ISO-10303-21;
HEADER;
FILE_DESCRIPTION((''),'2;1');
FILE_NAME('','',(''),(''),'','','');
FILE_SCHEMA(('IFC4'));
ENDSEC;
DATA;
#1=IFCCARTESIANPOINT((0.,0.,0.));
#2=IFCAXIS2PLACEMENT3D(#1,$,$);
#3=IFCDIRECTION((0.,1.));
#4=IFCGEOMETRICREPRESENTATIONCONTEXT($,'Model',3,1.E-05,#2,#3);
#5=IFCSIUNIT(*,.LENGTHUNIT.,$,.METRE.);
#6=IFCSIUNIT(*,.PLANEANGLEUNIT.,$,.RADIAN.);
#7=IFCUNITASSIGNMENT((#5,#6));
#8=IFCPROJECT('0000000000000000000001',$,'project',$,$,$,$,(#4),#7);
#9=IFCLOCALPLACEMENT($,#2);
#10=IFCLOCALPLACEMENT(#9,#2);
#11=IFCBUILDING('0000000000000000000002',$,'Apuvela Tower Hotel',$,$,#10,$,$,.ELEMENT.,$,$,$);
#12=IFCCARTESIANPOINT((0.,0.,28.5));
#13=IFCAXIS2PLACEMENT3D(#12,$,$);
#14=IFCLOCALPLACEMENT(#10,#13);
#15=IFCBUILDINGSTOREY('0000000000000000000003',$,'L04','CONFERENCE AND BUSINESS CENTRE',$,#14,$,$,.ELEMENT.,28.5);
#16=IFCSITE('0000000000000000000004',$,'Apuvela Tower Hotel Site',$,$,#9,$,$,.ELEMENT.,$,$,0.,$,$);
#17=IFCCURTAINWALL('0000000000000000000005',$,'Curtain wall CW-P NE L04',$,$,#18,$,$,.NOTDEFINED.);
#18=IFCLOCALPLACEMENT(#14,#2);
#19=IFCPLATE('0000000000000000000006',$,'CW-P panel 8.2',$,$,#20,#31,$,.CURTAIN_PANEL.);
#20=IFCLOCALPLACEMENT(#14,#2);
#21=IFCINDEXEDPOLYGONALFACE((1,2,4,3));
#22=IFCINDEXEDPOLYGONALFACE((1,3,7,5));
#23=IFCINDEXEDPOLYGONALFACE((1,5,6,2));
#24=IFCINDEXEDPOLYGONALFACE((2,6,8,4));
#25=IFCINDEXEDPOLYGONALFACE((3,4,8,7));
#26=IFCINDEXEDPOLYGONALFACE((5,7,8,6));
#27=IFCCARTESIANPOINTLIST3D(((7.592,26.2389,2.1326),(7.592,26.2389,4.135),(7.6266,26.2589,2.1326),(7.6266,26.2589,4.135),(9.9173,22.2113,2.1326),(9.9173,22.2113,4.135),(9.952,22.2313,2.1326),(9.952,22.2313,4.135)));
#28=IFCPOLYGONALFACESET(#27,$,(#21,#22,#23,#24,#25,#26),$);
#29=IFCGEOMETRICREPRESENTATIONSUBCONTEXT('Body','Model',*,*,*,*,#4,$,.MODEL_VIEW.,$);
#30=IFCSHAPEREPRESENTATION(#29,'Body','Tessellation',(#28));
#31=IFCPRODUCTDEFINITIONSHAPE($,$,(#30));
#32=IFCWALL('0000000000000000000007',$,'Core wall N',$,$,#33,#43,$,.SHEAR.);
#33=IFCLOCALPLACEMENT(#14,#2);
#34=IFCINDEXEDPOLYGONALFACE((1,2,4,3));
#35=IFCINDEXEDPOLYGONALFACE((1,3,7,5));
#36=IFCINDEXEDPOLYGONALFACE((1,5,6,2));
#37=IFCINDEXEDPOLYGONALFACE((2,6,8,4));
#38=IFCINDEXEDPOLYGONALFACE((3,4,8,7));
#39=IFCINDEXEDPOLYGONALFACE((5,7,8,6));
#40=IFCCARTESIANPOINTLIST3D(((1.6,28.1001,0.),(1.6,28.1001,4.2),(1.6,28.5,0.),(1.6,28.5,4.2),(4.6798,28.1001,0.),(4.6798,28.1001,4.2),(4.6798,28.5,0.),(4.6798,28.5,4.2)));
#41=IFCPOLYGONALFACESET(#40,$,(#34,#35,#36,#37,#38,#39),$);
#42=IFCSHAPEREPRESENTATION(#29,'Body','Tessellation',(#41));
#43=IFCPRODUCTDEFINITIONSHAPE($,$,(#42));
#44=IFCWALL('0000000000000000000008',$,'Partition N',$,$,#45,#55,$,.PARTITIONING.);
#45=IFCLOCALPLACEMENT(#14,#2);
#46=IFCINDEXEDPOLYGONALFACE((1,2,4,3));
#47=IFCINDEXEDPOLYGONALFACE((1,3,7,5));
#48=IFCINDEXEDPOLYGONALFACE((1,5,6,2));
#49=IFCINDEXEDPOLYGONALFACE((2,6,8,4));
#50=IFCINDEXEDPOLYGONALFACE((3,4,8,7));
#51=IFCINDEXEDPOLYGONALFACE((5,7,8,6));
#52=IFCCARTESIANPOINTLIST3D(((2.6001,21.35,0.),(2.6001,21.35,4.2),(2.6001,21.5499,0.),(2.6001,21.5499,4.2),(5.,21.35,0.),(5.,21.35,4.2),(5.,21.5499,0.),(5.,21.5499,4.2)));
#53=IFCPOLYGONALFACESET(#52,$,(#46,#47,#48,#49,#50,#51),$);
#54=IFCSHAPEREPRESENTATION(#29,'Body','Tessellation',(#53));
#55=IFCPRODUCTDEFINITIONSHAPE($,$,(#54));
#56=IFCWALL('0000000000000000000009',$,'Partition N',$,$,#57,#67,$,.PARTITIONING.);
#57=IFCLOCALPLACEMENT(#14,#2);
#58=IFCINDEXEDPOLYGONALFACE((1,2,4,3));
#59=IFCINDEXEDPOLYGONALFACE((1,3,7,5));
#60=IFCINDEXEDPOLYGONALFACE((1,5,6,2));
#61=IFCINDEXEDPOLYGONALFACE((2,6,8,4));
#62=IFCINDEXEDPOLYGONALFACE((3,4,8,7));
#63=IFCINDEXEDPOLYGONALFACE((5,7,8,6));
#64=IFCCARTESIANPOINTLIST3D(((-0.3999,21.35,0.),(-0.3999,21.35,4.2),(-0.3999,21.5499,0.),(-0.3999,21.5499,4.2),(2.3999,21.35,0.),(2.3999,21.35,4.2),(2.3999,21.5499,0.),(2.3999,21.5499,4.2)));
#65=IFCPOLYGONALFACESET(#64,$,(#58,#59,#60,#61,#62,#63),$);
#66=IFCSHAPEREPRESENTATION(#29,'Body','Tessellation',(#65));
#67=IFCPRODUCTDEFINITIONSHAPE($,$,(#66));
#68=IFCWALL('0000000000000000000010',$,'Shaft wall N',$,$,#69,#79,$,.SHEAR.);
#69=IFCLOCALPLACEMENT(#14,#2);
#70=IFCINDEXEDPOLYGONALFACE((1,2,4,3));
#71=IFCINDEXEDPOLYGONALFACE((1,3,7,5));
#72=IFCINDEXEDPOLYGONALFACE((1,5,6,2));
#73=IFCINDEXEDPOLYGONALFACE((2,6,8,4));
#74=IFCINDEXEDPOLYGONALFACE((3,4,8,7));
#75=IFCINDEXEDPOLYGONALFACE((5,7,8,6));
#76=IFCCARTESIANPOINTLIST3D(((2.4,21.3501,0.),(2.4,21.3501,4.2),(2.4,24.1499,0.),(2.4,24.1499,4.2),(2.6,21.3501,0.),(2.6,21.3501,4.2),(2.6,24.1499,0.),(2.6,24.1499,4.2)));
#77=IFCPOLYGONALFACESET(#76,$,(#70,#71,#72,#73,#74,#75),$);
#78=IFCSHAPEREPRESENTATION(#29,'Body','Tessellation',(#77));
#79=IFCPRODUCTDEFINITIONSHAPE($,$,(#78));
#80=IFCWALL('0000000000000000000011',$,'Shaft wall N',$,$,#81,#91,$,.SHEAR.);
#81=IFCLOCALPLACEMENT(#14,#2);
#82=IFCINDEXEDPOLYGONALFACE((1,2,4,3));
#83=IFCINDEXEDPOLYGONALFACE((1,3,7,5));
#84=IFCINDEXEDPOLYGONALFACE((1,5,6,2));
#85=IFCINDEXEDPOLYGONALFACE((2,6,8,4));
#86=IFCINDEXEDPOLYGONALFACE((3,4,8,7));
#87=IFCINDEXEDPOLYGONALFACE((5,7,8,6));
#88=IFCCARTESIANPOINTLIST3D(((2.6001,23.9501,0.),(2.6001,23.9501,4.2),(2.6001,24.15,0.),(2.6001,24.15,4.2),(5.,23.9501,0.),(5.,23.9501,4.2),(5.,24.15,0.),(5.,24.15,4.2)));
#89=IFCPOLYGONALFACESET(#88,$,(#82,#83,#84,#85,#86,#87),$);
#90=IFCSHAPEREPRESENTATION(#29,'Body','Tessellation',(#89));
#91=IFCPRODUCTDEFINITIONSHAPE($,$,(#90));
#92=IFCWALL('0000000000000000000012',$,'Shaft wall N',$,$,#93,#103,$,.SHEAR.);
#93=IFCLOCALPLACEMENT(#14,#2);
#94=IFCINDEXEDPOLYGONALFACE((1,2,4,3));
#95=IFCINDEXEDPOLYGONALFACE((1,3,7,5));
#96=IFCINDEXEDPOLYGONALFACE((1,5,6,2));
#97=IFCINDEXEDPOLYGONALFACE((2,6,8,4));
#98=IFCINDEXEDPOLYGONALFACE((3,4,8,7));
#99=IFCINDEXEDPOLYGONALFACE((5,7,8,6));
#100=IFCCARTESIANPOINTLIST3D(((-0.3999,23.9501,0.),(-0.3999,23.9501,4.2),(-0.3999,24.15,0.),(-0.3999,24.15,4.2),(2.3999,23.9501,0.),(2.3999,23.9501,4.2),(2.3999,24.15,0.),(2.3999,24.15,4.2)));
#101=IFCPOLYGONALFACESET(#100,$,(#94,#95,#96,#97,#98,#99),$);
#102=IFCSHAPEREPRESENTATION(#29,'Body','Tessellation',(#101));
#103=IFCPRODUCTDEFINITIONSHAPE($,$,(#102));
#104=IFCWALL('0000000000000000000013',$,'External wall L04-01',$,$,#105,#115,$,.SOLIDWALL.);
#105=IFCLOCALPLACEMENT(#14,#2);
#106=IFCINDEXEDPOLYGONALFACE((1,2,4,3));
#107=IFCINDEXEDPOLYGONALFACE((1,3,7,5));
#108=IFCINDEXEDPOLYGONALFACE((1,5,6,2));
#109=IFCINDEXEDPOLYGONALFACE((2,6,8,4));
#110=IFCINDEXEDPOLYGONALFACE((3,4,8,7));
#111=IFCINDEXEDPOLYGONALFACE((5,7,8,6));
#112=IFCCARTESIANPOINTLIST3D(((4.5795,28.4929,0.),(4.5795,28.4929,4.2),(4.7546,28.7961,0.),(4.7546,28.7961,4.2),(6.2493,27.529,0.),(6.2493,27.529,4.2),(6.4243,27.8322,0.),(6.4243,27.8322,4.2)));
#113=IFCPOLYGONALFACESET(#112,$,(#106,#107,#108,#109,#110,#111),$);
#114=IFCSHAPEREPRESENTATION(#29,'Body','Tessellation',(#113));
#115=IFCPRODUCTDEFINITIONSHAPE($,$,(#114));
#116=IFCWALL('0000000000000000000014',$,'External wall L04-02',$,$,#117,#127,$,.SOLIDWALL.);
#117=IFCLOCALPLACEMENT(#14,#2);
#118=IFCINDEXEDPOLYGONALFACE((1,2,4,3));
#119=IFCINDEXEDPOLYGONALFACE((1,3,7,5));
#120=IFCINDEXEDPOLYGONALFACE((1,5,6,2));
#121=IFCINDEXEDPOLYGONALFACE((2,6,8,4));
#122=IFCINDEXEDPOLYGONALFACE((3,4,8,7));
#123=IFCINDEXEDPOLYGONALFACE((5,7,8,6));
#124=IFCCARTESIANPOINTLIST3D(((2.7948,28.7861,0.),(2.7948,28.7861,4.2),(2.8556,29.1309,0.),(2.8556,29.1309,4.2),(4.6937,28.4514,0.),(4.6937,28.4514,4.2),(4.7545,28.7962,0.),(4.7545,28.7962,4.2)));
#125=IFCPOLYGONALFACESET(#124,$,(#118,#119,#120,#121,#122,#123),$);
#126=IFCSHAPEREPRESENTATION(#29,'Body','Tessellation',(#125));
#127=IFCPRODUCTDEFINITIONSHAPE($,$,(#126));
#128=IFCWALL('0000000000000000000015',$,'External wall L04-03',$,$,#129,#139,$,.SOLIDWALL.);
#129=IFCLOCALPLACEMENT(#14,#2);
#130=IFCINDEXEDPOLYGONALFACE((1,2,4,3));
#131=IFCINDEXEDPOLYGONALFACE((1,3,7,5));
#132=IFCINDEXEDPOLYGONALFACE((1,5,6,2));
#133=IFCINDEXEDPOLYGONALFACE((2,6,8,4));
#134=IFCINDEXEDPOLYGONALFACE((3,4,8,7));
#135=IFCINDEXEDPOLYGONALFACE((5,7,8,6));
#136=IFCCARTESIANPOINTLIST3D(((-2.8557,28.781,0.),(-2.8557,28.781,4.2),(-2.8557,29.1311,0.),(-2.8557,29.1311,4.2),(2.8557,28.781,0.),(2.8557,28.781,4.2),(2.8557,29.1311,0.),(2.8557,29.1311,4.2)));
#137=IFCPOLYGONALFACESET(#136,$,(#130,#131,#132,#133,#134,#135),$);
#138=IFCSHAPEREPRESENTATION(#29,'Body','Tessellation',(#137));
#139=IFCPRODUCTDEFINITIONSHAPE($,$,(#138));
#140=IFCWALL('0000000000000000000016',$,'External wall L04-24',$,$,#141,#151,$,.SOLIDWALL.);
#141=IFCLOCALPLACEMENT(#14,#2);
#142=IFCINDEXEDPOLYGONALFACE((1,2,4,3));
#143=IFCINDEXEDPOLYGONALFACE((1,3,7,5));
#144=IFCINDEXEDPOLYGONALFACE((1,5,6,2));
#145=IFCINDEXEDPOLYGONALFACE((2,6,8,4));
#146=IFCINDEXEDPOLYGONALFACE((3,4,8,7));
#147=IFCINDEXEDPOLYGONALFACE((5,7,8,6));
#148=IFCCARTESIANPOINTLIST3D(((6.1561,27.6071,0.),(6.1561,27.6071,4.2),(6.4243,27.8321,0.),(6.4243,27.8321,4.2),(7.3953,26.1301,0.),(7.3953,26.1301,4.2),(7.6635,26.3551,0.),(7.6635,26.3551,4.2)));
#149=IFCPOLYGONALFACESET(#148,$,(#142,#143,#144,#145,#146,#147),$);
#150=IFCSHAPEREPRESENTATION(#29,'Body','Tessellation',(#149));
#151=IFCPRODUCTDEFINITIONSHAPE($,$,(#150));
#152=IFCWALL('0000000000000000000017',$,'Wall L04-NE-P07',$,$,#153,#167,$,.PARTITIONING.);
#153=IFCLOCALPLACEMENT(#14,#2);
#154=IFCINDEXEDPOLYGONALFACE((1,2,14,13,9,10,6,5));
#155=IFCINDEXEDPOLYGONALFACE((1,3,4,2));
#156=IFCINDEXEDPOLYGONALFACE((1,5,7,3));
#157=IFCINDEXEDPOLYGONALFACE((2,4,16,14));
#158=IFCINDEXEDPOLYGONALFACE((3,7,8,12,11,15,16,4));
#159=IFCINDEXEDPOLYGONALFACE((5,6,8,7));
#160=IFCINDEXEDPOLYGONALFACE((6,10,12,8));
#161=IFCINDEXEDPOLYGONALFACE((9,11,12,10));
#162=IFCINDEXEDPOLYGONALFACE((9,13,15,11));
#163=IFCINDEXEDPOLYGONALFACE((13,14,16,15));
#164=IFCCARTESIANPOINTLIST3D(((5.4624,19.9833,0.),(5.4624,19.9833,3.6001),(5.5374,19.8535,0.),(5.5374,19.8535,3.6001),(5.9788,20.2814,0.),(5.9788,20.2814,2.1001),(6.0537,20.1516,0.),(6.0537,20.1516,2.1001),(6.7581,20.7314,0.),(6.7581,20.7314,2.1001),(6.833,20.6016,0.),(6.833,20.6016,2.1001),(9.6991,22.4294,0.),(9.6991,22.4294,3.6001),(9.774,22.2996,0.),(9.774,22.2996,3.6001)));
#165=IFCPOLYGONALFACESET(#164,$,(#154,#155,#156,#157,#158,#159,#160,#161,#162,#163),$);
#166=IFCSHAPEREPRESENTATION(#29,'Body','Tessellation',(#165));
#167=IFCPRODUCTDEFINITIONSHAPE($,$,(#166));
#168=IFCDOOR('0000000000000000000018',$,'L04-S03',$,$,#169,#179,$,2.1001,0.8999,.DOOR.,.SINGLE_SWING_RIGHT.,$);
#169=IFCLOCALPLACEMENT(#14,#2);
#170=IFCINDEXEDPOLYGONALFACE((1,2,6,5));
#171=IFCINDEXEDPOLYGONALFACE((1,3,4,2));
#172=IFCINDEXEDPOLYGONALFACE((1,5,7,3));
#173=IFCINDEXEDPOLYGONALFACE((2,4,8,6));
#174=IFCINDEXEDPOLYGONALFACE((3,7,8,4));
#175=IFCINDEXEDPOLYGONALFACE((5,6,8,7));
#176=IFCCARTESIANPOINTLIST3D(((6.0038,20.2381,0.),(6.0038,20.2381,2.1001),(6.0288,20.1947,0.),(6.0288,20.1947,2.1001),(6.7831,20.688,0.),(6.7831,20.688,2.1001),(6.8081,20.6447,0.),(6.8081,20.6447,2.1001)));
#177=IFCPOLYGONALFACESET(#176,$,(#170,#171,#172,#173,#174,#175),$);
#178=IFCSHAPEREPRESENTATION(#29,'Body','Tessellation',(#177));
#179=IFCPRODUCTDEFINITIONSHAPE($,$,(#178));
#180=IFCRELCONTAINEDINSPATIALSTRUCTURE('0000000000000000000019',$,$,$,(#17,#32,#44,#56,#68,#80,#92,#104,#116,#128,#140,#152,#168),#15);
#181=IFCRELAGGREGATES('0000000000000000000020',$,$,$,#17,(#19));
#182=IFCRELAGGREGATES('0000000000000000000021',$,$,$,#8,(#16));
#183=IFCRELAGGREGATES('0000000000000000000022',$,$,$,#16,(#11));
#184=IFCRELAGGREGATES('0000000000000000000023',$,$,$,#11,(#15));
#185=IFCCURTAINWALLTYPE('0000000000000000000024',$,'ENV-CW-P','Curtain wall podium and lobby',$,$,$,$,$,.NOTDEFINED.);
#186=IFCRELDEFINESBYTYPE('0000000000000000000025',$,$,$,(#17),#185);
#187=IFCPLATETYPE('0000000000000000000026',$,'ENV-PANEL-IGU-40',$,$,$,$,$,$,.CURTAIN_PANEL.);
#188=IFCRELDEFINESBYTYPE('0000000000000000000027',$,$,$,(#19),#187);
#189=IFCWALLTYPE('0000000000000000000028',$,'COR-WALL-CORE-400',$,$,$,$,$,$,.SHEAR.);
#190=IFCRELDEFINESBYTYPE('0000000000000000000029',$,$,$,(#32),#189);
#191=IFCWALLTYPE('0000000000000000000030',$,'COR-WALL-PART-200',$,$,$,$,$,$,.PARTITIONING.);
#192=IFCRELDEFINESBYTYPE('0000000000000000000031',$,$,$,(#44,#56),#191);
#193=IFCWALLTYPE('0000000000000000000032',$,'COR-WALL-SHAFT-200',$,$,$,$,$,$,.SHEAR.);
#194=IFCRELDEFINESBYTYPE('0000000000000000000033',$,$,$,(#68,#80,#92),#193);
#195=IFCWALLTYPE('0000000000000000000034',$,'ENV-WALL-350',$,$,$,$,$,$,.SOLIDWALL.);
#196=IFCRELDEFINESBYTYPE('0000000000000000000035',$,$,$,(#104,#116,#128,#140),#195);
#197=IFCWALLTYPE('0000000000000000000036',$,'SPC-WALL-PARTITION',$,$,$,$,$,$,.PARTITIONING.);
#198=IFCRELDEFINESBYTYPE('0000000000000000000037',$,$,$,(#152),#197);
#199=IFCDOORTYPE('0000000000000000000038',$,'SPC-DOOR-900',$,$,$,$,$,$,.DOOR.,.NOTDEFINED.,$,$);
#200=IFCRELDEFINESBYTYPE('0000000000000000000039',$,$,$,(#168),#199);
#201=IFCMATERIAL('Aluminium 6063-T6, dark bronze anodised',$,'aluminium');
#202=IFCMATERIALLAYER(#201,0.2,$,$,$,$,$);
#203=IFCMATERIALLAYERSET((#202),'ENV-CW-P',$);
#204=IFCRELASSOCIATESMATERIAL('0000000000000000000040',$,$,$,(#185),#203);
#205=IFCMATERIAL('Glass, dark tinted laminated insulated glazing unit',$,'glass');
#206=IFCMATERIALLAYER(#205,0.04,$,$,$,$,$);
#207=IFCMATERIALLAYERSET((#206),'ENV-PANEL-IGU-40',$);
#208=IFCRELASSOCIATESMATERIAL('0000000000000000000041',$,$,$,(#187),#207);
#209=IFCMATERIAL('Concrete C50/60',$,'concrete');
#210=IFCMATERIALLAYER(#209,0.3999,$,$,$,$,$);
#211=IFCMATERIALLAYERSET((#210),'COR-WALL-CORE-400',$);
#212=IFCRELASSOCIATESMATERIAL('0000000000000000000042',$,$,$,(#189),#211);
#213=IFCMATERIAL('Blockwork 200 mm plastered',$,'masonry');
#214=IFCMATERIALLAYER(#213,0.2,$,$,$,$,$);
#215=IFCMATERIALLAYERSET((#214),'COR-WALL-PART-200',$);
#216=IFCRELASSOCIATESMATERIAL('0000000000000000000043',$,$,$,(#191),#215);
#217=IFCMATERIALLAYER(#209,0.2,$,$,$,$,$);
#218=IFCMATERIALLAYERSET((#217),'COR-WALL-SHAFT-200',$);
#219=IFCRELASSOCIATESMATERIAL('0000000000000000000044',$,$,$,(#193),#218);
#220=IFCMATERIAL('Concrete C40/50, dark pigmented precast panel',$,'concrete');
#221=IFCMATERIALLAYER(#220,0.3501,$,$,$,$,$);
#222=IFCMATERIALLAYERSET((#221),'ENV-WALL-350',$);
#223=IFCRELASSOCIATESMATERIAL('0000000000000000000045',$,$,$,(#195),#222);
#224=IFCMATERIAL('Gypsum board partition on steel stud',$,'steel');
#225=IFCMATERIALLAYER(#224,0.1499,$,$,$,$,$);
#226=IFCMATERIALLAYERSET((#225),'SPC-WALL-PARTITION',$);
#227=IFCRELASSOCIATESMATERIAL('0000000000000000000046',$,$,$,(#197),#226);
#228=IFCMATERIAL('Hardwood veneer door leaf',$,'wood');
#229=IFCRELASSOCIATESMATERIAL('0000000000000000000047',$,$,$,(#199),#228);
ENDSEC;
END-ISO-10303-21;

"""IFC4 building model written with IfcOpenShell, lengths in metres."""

from ifc_helpers import new_model, si_unit, direction, frame, frame_2d, origin, origin_2d, place, context, subcontext, project, spatial, rectangle, extrude, material, layer, layer_set, type_object, element, fill, aggregate, save


model = new_model("IFC4")

# Units and contexts
model_context = context("Model", 3, precision=1e-05, world=origin(), true_north=direction((0.0, 1.0)))
body_context = subcontext(model_context, "Body", "Model", "MODEL_VIEW")
ifc_project = project(units=[si_unit("LENGTHUNIT", "METRE"), si_unit("PLANEANGLEUNIT", "RADIAN")], contexts=[model_context])

# Site, building, storey
site_placement = place(None, origin())
site = spatial("IfcSite", under=ifc_project, at=site_placement, Name="Apuvela Tower Hotel Site", CompositionType="ELEMENT", RefElevation=0.0)
building_placement = place(site_placement, origin())
building = spatial("IfcBuilding", under=site, at=building_placement, Name="Apuvela Tower Hotel", CompositionType="ELEMENT")
storey_placement = place(building_placement, frame((0.0, 0.0, 28.5)))
storey = spatial("IfcBuildingStorey", under=building, at=storey_placement, Name="L04", Description="CONFERENCE AND BUSINESS CENTRE", CompositionType="ELEMENT", Elevation=28.5)

# Curtain wall
ifc_material_1 = material(Name="Aluminium 6063-T6, dark bronze anodised", Category="aluminium")
ifc_layer_1 = layer(ifc_material_1, 0.2)
ifc_layer_set_1 = layer_set([ifc_layer_1], Name="ENV-CW-P")
curtain_wall_type = type_object("IfcCurtainWallType", Name="ENV-CW-P", Description="Curtain wall podium and lobby", PredefinedType="NOTDEFINED", material=ifc_layer_set_1)
curtain_wall_placement = place(storey_placement, origin())
curtain_wall = element("IfcCurtainWall", 1, at=curtain_wall_placement, inside=storey, type_object=curtain_wall_type, Name="Curtain wall CW-P NE L04", PredefinedType="NOTDEFINED")

# Plate
ifc_material_2 = material(Name="Glass, dark tinted laminated insulated glazing unit", Category="glass")
ifc_layer_2 = layer(ifc_material_2, 0.04)
ifc_layer_set_2 = layer_set([ifc_layer_2], Name="ENV-PANEL-IGU-40")
plate_type = type_object("IfcPlateType", Name="ENV-PANEL-IGU-40", PredefinedType="CURTAIN_PANEL", material=ifc_layer_set_2)
plate_1_placement = place(storey_placement, frame((8.772, 24.2351, 2.1326), z_axis=(0.0, 0.0, 1.0), x_axis=(-0.500002, 0.866024, 0.0)))
plate_1 = element("IfcPlate", 2, at=plate_1_placement, type_object=plate_type, Name="CW-P panel 8.2", PredefinedType="CURTAIN_PANEL", context=body_context, shape_type="SweptSolid", body=[
    extrude(rectangle(XDim=4.6506, YDim=0.04, at=origin_2d()), origin(), (0.0, 0.0, 1.0), 2.0024),
])
aggregate(curtain_wall, [plate_1])

# Walls
ifc_material_3 = material(Name="Concrete C50/60", Category="concrete")
ifc_layer_3 = layer(ifc_material_3, 0.3999)
ifc_layer_set_3 = layer_set([ifc_layer_3], Name="COR-WALL-CORE-400")
wall_type_1 = type_object("IfcWallType", Name="COR-WALL-CORE-400", PredefinedType="SHEAR", material=ifc_layer_set_3)
wall_1_placement = place(storey_placement, frame((4.6799, 28.3, 0.0), z_axis=(0.0, 0.0, 1.0), x_axis=(-1.0, 0.0, 0.0)))
element("IfcWall", 3, at=wall_1_placement, inside=storey, type_object=wall_type_1, Name="Core wall N", PredefinedType="SHEAR", context=body_context, shape_type="SweptSolid", body=[
    extrude(rectangle(XDim=3.0798, YDim=0.3999, at=frame_2d((1.54, 0.0))), origin(), (0.0, 0.0, 1.0), 4.2),
])
ifc_material_4 = material(Name="Blockwork 200 mm plastered", Category="masonry")
ifc_layer_4 = layer(ifc_material_4, 0.2)
ifc_layer_set_4 = layer_set([ifc_layer_4], Name="COR-WALL-PART-200")
wall_type_2 = type_object("IfcWallType", Name="COR-WALL-PART-200", PredefinedType="PARTITIONING", material=ifc_layer_set_4)
wall_2_placement = place(storey_placement, frame((5.0, 21.45, 0.0), z_axis=(0.0, 0.0, 1.0), x_axis=(-1.0, 0.0, 0.0)))
element("IfcWall", 4, at=wall_2_placement, inside=storey, type_object=wall_type_2, Name="Partition N", PredefinedType="PARTITIONING", context=body_context, shape_type="SweptSolid", body=[
    extrude(rectangle(XDim=2.3999, YDim=0.2, at=frame_2d((1.2, 0.0))), origin(), (0.0, 0.0, 1.0), 4.2),
])
wall_3_placement = place(storey_placement, frame((2.3999, 21.45, 0.0), z_axis=(0.0, 0.0, 1.0), x_axis=(-1.0, 0.0, 0.0)))
element("IfcWall", 5, at=wall_3_placement, inside=storey, type_object=wall_type_2, Name="Partition N", PredefinedType="PARTITIONING", context=body_context, shape_type="SweptSolid", body=[
    extrude(rectangle(XDim=2.7998, YDim=0.2, at=frame_2d((1.3999, 0.0))), origin(), (0.0, 0.0, 1.0), 4.2),
])
ifc_layer_5 = layer(ifc_material_3, 0.2)
ifc_layer_set_5 = layer_set([ifc_layer_5], Name="COR-WALL-SHAFT-200")
wall_type_3 = type_object("IfcWallType", Name="COR-WALL-SHAFT-200", PredefinedType="SHEAR", material=ifc_layer_set_5)
wall_4_placement = place(storey_placement, frame((2.5, 21.3501, 0.0), z_axis=(0.0, 0.0, 1.0), x_axis=(0.0, 1.0, 0.0)))
element("IfcWall", 6, at=wall_4_placement, inside=storey, type_object=wall_type_3, Name="Shaft wall N", PredefinedType="SHEAR", context=body_context, shape_type="SweptSolid", body=[
    extrude(rectangle(XDim=2.7998, YDim=0.2, at=frame_2d((1.3999, 0.0))), origin(), (0.0, 0.0, 1.0), 4.2),
])
wall_5_placement = place(storey_placement, frame((5.0, 24.05, 0.0), z_axis=(0.0, 0.0, 1.0), x_axis=(-1.0, 0.0, 0.0)))
element("IfcWall", 7, at=wall_5_placement, inside=storey, type_object=wall_type_3, Name="Shaft wall N", PredefinedType="SHEAR", context=body_context, shape_type="SweptSolid", body=[
    extrude(rectangle(XDim=2.3999, YDim=0.2, at=frame_2d((1.2, 0.0))), origin(), (0.0, 0.0, 1.0), 4.2),
])
wall_6_placement = place(storey_placement, frame((2.3999, 24.05, 0.0), z_axis=(0.0, 0.0, 1.0), x_axis=(-1.0, 0.0, 0.0)))
element("IfcWall", 8, at=wall_6_placement, inside=storey, type_object=wall_type_3, Name="Shaft wall N", PredefinedType="SHEAR", context=body_context, shape_type="SweptSolid", body=[
    extrude(rectangle(XDim=2.7998, YDim=0.2, at=frame_2d((1.3999, 0.0))), origin(), (0.0, 0.0, 1.0), 4.2),
])
ifc_material_5 = material(Name="Concrete C40/50, dark pigmented precast panel", Category="concrete")
ifc_layer_6 = layer(ifc_material_5, 0.3501)
ifc_layer_set_6 = layer_set([ifc_layer_6], Name="ENV-WALL-350")
wall_type_4 = type_object("IfcWallType", Name="ENV-WALL-350", PredefinedType="SOLIDWALL", material=ifc_layer_set_6)
wall_7_placement = place(storey_placement, frame((6.3367, 27.6807, 0.0), z_axis=(0.0, 0.0, 1.0), x_axis=(-0.866053, 0.499953, 0.0)))
element("IfcWall", 9, at=wall_7_placement, inside=storey, type_object=wall_type_4, Name="External wall L04-01", PredefinedType="SOLIDWALL", context=body_context, shape_type="SweptSolid", body=[
    extrude(rectangle(XDim=1.928, YDim=0.3501, at=frame_2d((0.9639, 0.0))), origin(), (0.0, 0.0, 1.0), 4.2),
])
wall_8_placement = place(storey_placement, frame((4.7241, 28.6238, 0.0), z_axis=(0.0, 0.0, 1.0), x_axis=(-0.984818, 0.17359, 0.0)))
element("IfcWall", 10, at=wall_8_placement, inside=storey, type_object=wall_type_4, Name="External wall L04-02", PredefinedType="SOLIDWALL", context=body_context, shape_type="SweptSolid", body=[
    extrude(rectangle(XDim=1.9282, YDim=0.3501, at=frame_2d((0.9641, 0.0))), origin(), (0.0, 0.0, 1.0), 4.2),
])
wall_9_placement = place(storey_placement, frame((2.8557, 28.9561, 0.0), z_axis=(0.0, 0.0, 1.0), x_axis=(-1.0, 0.0, 0.0)))
element("IfcWall", 11, at=wall_9_placement, inside=storey, type_object=wall_type_4, Name="External wall L04-03", PredefinedType="SOLIDWALL", context=body_context, shape_type="SweptSolid", body=[
    extrude(rectangle(XDim=5.7114, YDim=0.3501, at=frame_2d((2.8557, 0.0))), origin(), (0.0, 0.0, 1.0), 4.2),
])
wall_10_placement = place(storey_placement, frame((7.5293, 26.2427, 0.0), z_axis=(0.0, 0.0, 1.0), x_axis=(-0.642747, 0.766079, 0.0)))
element("IfcWall", 12, at=wall_10_placement, inside=storey, type_object=wall_type_4, Name="External wall L04-24", PredefinedType="SOLIDWALL", context=body_context, shape_type="SweptSolid", body=[
    extrude(rectangle(XDim=1.928, YDim=0.3501, at=frame_2d((0.9639, 0.0))), origin(), (0.0, 0.0, 1.0), 4.2),
])

# Wall, opening, door
ifc_material_6 = material(Name="Gypsum board partition on steel stud", Category="steel")
ifc_layer_7 = layer(ifc_material_6, 0.1499)
ifc_layer_set_7 = layer_set([ifc_layer_7], Name="SPC-WALL-PARTITION")
wall_type_5 = type_object("IfcWallType", Name="SPC-WALL-PARTITION", PredefinedType="PARTITIONING", material=ifc_layer_set_7)
wall_11_placement = place(storey_placement, frame((9.7366, 22.3645, 0.0), z_axis=(0.0, 0.0, 1.0), x_axis=(-0.86602, -0.500009, 0.0)))
wall_11 = element("IfcWall", 13, at=wall_11_placement, inside=storey, type_object=wall_type_5, Name="Wall L04-NE-P07", PredefinedType="PARTITIONING", context=body_context, shape_type="SweptSolid", body=[
    extrude(rectangle(XDim=4.8921, YDim=0.1499, at=frame_2d((2.446, 0.0))), origin(), (0.0, 0.0, 1.0), 3.6001),
])
opening_placement = place(wall_11_placement, frame((3.396, 0.0, 0.0)))
opening = element("IfcOpeningElement", 14, at=opening_placement, cuts=wall_11, PredefinedType="OPENING", context=body_context, shape_type="SweptSolid", body=[
    extrude(rectangle(XDim=0.8999, YDim=2.1001, at=frame_2d((0.45, 1.05))), frame((0.0, 0.085, 0.0), z_axis=(0.0, -1.0, 0.0), x_axis=(1.0, 0.0, 0.0)), (0.0, 0.0, 1.0), 0.1699),
])
ifc_material_7 = material(Name="Hardwood veneer door leaf", Category="wood")
door_type = type_object("IfcDoorType", Name="SPC-DOOR-900", OperationType="NOTDEFINED", PredefinedType="DOOR", material=ifc_material_7)
door_placement = place(opening_placement, frame((0.8999, 0.0, 0.0), z_axis=(0.0, 0.0, 1.0), x_axis=(-1.0, 0.0, 0.0)))
door = element("IfcDoor", 15, at=door_placement, inside=storey, type_object=door_type, Name="L04-S03", OperationType="SINGLE_SWING_RIGHT", OverallHeight=2.1001, OverallWidth=0.8999, PredefinedType="DOOR", context=body_context, shape_type="SweptSolid", body=[
    extrude(rectangle(XDim=0.8999, YDim=2.1001, at=frame_2d((0.45, 1.05))), frame((0.0, 0.0249, 0.0), z_axis=(0.0, -1.0, 0.0), x_axis=(1.0, 0.0, 0.0)), (0.0, 0.0, 1.0), 0.05),
])
fill(opening, door)

save(model, "model.ifc")
